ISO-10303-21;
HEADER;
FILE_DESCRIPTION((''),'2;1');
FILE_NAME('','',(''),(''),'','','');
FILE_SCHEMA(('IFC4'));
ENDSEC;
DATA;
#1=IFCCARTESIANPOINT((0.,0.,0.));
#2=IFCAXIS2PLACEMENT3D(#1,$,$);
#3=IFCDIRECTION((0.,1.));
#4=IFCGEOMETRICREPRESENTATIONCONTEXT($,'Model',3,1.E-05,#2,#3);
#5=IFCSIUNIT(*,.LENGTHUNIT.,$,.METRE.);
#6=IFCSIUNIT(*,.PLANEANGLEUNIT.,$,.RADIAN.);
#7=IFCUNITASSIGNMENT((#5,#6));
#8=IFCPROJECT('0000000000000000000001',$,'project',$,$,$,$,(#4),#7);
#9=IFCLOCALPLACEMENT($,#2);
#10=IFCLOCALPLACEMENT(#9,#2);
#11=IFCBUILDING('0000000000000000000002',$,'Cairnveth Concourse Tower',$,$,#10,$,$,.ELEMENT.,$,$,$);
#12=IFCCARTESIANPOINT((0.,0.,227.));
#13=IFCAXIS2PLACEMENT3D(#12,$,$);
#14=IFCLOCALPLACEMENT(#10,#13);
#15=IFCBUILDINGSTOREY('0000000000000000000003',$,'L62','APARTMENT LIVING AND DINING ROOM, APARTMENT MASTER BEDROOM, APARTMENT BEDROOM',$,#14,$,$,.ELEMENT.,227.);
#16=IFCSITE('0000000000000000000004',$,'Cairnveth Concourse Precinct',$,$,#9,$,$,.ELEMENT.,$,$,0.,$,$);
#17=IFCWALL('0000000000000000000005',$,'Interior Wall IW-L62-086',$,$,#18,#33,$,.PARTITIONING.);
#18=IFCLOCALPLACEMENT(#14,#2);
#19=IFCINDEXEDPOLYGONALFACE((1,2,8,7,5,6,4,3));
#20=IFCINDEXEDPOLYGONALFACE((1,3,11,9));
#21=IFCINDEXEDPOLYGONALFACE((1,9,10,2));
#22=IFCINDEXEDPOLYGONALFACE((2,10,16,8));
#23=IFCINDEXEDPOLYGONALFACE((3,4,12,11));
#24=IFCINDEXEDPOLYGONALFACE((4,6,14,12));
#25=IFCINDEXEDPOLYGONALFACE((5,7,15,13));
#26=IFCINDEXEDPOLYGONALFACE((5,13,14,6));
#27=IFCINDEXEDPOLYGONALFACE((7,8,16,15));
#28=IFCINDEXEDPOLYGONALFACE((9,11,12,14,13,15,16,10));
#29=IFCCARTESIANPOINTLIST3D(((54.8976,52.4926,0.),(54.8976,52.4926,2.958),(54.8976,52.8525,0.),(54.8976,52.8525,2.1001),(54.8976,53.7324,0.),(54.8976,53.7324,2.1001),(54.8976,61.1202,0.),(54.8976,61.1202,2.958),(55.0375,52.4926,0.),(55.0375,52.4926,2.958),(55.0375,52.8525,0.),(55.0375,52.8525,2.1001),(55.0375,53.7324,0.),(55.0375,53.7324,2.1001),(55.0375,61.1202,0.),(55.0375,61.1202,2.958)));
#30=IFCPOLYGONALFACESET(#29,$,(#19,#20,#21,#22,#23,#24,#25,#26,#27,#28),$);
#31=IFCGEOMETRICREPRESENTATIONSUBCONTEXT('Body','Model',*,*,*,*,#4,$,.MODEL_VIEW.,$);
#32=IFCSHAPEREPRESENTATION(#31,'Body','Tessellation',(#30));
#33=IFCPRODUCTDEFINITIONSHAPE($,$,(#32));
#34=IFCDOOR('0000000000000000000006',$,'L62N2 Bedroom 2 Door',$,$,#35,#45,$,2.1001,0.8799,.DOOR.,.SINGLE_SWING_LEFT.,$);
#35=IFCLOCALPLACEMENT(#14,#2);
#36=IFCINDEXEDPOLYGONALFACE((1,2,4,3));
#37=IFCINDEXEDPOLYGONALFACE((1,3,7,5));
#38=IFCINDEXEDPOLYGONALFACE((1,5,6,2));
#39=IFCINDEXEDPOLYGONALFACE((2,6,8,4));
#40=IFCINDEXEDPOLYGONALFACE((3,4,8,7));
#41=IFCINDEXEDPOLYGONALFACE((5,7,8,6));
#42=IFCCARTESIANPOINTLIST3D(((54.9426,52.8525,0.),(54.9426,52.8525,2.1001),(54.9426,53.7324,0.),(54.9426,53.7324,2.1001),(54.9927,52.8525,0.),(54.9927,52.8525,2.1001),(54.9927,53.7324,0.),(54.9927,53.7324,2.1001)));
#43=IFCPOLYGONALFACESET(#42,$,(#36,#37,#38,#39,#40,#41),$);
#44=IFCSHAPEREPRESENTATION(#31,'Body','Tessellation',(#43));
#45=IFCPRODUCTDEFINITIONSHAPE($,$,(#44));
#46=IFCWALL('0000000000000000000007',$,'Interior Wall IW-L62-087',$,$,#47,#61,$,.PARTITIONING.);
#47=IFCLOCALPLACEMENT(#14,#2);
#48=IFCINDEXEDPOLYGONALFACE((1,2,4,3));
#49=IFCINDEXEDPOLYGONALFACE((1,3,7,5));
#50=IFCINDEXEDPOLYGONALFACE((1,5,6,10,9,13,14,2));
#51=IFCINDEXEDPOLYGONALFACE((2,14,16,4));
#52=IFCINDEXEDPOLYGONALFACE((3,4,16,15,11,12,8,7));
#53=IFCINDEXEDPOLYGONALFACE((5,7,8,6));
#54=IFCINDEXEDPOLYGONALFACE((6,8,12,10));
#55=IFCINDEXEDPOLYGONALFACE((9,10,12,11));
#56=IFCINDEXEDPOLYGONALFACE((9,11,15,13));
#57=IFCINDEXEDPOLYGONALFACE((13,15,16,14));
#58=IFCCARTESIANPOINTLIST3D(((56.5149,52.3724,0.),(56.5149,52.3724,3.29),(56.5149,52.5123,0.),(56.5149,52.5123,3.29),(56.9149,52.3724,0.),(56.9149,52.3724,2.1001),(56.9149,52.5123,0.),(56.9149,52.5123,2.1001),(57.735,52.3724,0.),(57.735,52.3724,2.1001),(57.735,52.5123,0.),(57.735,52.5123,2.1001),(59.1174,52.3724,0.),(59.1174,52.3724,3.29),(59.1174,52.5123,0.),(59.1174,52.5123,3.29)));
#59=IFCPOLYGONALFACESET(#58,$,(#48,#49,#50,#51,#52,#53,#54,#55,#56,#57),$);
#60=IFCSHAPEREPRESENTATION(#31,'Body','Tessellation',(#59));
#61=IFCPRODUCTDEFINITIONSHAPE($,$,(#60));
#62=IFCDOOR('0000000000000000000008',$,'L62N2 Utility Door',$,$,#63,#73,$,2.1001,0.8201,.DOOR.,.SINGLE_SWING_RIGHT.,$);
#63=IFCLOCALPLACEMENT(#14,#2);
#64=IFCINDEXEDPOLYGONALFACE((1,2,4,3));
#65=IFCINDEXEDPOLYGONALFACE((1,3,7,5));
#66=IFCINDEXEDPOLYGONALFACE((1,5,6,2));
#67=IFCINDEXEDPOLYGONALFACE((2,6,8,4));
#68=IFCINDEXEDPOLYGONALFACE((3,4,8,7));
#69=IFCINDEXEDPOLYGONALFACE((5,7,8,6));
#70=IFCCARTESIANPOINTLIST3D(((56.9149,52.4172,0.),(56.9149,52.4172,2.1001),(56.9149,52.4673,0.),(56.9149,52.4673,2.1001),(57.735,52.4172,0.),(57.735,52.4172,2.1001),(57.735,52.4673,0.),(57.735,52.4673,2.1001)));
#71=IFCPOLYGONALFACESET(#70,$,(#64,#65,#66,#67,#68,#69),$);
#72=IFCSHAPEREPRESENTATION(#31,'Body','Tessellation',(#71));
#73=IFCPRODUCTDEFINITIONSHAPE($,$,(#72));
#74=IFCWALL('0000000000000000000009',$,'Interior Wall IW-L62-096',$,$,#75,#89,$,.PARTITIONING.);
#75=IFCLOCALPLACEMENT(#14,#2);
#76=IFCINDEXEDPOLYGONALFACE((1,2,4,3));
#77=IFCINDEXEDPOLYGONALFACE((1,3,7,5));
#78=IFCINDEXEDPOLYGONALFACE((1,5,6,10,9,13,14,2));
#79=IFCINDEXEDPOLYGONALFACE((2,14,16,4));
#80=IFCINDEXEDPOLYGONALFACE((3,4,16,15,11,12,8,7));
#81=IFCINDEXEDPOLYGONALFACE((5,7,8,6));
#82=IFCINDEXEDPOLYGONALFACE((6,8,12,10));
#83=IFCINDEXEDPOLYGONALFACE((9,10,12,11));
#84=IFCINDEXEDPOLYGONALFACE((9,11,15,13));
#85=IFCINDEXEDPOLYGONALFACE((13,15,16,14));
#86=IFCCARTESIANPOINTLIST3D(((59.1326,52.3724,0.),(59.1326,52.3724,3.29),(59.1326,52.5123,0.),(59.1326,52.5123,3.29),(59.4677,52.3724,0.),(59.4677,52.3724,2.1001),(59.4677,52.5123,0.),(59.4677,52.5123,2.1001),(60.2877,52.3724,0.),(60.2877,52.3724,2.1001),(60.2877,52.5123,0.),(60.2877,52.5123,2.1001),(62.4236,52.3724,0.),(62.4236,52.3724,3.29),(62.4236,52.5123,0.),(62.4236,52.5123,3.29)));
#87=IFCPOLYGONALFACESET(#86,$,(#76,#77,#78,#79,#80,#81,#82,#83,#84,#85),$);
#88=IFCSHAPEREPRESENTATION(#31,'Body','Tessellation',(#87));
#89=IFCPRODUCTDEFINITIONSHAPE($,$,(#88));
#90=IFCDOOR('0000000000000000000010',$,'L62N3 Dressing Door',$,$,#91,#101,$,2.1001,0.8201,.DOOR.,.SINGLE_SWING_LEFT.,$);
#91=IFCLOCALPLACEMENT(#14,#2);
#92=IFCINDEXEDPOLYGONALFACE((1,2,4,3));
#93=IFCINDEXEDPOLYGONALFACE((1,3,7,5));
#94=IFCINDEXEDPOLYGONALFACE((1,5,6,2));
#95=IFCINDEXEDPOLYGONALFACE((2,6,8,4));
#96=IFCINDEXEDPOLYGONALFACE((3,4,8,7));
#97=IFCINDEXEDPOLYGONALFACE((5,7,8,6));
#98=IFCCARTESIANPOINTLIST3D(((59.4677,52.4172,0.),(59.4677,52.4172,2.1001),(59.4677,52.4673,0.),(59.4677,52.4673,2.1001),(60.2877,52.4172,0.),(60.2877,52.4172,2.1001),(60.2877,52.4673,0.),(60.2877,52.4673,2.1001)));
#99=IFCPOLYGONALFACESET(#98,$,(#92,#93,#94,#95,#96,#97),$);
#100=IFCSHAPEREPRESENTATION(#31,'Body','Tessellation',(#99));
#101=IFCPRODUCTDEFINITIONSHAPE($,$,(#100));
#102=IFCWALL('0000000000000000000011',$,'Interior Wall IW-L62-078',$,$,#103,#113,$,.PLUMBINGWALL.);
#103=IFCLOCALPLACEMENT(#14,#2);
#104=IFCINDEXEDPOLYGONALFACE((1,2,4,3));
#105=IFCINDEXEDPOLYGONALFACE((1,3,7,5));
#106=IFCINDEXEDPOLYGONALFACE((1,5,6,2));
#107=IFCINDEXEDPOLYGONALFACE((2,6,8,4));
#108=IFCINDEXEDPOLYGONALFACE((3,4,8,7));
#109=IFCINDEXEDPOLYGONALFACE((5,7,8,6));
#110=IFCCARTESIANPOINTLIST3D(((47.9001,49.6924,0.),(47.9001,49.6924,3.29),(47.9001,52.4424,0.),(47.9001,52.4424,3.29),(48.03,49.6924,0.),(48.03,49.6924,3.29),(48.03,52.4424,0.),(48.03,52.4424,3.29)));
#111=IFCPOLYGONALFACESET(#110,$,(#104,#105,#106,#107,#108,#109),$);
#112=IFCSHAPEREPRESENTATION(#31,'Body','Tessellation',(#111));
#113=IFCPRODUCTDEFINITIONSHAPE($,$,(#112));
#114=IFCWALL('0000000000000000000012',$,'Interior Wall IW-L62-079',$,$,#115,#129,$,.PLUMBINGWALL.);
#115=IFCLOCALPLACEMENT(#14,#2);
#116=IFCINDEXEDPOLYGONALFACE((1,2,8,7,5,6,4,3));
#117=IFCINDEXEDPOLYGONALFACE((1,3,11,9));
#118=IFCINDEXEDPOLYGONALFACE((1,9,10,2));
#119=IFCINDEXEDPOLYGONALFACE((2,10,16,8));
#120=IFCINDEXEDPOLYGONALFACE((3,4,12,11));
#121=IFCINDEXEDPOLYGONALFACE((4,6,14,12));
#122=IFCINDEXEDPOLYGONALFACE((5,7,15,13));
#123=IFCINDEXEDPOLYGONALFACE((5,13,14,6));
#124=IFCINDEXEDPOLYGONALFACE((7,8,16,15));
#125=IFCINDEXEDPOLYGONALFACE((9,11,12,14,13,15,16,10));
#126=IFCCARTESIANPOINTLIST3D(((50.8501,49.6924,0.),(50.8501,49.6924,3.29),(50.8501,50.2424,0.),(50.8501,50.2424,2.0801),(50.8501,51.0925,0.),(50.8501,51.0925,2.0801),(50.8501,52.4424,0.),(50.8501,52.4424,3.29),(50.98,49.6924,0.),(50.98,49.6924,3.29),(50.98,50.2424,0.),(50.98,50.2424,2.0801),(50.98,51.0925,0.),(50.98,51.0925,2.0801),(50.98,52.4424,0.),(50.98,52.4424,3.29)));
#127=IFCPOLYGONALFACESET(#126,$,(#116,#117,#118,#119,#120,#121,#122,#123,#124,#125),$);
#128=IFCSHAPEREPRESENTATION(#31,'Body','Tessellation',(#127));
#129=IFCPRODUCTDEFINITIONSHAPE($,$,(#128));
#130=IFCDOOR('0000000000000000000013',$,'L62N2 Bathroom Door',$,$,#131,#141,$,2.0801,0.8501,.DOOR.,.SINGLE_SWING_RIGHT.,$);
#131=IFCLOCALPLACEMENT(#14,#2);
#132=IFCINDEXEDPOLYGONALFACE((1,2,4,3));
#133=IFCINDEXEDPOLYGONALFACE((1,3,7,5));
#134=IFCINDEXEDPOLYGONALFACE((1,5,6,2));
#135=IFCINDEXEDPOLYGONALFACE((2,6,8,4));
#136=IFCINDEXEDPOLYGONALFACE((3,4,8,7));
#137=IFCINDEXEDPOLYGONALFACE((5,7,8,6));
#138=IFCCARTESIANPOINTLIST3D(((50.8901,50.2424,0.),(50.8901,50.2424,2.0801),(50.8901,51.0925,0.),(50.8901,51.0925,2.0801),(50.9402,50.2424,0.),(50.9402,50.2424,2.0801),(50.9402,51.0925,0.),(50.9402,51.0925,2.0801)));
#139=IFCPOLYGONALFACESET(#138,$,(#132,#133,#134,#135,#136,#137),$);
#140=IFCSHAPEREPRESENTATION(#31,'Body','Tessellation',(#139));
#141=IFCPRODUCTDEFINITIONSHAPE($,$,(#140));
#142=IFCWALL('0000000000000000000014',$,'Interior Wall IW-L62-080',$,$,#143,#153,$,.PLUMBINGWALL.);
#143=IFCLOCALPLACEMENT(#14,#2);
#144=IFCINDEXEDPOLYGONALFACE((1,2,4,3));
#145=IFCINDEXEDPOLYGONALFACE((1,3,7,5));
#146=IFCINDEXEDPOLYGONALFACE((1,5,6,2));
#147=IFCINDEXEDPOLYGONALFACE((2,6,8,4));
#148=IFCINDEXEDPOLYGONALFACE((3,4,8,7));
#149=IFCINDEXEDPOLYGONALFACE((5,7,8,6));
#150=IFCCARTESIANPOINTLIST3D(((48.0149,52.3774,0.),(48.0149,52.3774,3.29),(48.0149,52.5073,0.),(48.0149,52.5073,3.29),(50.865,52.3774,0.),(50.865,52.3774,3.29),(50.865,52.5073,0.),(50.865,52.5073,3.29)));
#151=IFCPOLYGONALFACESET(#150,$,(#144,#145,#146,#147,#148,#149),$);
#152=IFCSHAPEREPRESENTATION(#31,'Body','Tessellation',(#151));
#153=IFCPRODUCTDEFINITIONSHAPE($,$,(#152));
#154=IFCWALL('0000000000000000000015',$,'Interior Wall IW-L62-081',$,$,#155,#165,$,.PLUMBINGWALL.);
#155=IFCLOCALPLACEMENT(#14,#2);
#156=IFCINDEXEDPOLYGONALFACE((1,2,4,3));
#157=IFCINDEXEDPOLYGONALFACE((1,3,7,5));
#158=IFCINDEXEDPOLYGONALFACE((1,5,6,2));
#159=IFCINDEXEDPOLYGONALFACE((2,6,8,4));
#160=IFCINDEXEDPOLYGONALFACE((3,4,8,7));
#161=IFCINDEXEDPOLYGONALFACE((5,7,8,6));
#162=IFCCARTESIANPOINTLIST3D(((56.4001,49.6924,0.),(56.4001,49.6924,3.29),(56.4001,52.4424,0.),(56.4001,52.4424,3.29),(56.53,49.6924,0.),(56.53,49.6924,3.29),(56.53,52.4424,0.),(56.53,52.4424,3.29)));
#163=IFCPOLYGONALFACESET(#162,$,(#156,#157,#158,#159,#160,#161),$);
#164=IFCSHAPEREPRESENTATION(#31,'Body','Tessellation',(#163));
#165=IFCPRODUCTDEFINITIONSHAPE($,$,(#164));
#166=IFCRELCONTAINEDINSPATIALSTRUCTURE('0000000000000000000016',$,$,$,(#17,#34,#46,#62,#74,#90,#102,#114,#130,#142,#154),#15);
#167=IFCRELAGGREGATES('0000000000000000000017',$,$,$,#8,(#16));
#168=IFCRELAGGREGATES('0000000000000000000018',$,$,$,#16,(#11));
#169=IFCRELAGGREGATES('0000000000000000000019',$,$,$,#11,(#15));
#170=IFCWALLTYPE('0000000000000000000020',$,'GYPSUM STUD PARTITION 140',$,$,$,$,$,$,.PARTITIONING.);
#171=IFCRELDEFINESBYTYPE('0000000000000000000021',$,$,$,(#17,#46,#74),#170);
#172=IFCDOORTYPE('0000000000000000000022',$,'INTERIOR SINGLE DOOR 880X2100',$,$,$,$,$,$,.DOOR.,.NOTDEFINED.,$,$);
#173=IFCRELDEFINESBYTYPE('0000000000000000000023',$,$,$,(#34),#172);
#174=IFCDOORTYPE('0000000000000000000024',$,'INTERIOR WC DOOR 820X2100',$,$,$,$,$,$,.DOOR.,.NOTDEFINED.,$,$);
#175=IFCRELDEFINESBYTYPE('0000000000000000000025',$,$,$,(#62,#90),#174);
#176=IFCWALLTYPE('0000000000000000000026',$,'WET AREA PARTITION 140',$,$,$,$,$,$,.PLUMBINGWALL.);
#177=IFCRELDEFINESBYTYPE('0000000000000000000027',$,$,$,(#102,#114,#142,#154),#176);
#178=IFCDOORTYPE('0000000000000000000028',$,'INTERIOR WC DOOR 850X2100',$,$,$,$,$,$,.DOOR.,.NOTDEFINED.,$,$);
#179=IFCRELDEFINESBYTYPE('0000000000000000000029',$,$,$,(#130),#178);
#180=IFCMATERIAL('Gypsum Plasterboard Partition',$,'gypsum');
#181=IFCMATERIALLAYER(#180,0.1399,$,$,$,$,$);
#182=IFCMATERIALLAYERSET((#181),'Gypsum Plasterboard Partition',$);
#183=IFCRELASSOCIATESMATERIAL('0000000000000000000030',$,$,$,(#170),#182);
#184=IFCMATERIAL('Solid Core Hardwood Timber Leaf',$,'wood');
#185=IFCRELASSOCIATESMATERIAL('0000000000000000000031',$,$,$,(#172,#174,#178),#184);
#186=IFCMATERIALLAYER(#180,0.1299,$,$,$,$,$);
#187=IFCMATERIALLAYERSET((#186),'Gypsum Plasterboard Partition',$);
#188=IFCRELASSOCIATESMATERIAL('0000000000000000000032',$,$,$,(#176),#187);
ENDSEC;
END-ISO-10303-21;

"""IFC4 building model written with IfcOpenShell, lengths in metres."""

from ifc_helpers import new_model, si_unit, direction, frame, frame_2d, origin, place, context, subcontext, project, spatial, rectangle, extrude, material, layer, layer_set, type_object, element, fill, save


model = new_model("IFC4")

# Units and contexts
model_context = context("Model", 3, precision=1e-05, world=origin(), true_north=direction((0.0, 1.0)))
body_context = subcontext(model_context, "Body", "Model", "MODEL_VIEW")
ifc_project = project(units=[si_unit("LENGTHUNIT", "METRE"), si_unit("PLANEANGLEUNIT", "RADIAN")], contexts=[model_context])

# Site, building, storey
site_placement = place(None, origin())
site = spatial("IfcSite", under=ifc_project, at=site_placement, Name="Cairnveth Concourse Precinct", CompositionType="ELEMENT", RefElevation=0.0)
building_placement = place(site_placement, origin())
building = spatial("IfcBuilding", under=site, at=building_placement, Name="Cairnveth Concourse Tower", CompositionType="ELEMENT")
storey_placement = place(building_placement, frame((0.0, 0.0, 227.0)))
storey = spatial("IfcBuildingStorey", under=building, at=storey_placement, Name="L62", Description="APARTMENT LIVING AND DINING ROOM, APARTMENT MASTER BEDROOM, APARTMENT BEDROOM", CompositionType="ELEMENT", Elevation=227.0)

# Shared definitions
ifc_material_1 = material(Name="Gypsum Plasterboard Partition", Category="gypsum")

# Walls, openings, doors
ifc_layer_1 = layer(ifc_material_1, 0.1399)
ifc_layer_set_1 = layer_set([ifc_layer_1], Name="Gypsum Plasterboard Partition")
wall_type_1 = type_object("IfcWallType", Name="GYPSUM STUD PARTITION 140", PredefinedType="PARTITIONING", material=ifc_layer_set_1)
ifc_material_2 = material(Name="Solid Core Hardwood Timber Leaf", Category="wood")
door_type_1 = type_object("IfcDoorType", Name="INTERIOR SINGLE DOOR 880X2100", OperationType="NOTDEFINED", PredefinedType="DOOR", material=ifc_material_2)
wall_1_placement = place(storey_placement, frame((54.9675, 52.4924, 0.0), z_axis=(0.0, 0.0, 1.0), x_axis=(0.0, 1.0, 0.0)))
wall_1 = element("IfcWall", 1, at=wall_1_placement, inside=storey, type_object=wall_type_1, Name="Interior Wall IW-L62-086", PredefinedType="PARTITIONING", context=body_context, shape_type="SweptSolid", body=[
    extrude(rectangle(XDim=8.6277, YDim=0.1399, at=frame_2d((4.314, 0.0))), origin(), (0.0, 0.0, 1.0), 2.958),
])
opening_1_placement = place(wall_1_placement, frame((0.3601, 0.0, 0.0)))
opening_1 = element("IfcOpeningElement", 2, at=opening_1_placement, cuts=wall_1, PredefinedType="OPENING", context=body_context, shape_type="SweptSolid", body=[
    extrude(rectangle(XDim=0.8799, YDim=2.1001, at=frame_2d((0.4399, 1.05))), frame((0.0, 0.0798, 0.0), z_axis=(0.0, -1.0, 0.0), x_axis=(1.0, 0.0, 0.0)), (0.0, 0.0, 1.0), 0.1599),
])
door_1_placement = place(opening_1_placement, origin())
door_1 = element("IfcDoor", 3, at=door_1_placement, inside=storey, type_object=door_type_1, Name="L62N2 Bedroom 2 Door", OperationType="SINGLE_SWING_LEFT", OverallHeight=2.1001, OverallWidth=0.8799, PredefinedType="DOOR", context=body_context, shape_type="SweptSolid", body=[
    extrude(rectangle(XDim=0.8799, YDim=2.1001, at=frame_2d((0.4399, 1.05))), frame((0.0, 0.0249, 0.0), z_axis=(0.0, -1.0, 0.0), x_axis=(1.0, 0.0, 0.0)), (0.0, 0.0, 1.0), 0.05),
])
fill(opening_1, door_1)
wall_2_placement = place(storey_placement, frame((56.5149, 52.4424, 0.0), z_axis=(0.0, 0.0, 1.0), x_axis=(1.0, 0.0, 0.0)))
wall_2 = element("IfcWall", 4, at=wall_2_placement, inside=storey, type_object=wall_type_1, Name="Interior Wall IW-L62-087", PredefinedType="PARTITIONING", context=body_context, shape_type="SweptSolid", body=[
    extrude(rectangle(XDim=2.6025, YDim=0.1399, at=frame_2d((1.3013, 0.0))), origin(), (0.0, 0.0, 1.0), 3.29),
])
opening_2_placement = place(wall_2_placement, frame((0.3999, 0.0, 0.0)))
opening_2 = element("IfcOpeningElement", 5, at=opening_2_placement, cuts=wall_2, PredefinedType="OPENING", context=body_context, shape_type="SweptSolid", body=[
    extrude(rectangle(XDim=0.8201, YDim=2.1001, at=frame_2d((0.4102, 1.05))), frame((0.0, 0.0798, 0.0), z_axis=(0.0, -1.0, 0.0), x_axis=(1.0, 0.0, 0.0)), (0.0, 0.0, 1.0), 0.1599),
])
door_type_2 = type_object("IfcDoorType", Name="INTERIOR WC DOOR 820X2100", OperationType="NOTDEFINED", PredefinedType="DOOR", material=ifc_material_2)
door_2_placement = place(opening_2_placement, origin())
door_2 = element("IfcDoor", 6, at=door_2_placement, inside=storey, type_object=door_type_2, Name="L62N2 Utility Door", OperationType="SINGLE_SWING_RIGHT", OverallHeight=2.1001, OverallWidth=0.8201, PredefinedType="DOOR", context=body_context, shape_type="SweptSolid", body=[
    extrude(rectangle(XDim=0.8201, YDim=2.1001, at=frame_2d((0.4102, 1.05))), frame((0.0, 0.0249, 0.0), z_axis=(0.0, -1.0, 0.0), x_axis=(1.0, 0.0, 0.0)), (0.0, 0.0, 1.0), 0.05),
])
fill(opening_2, door_2)
wall_3_placement = place(storey_placement, frame((59.1326, 52.4424, 0.0), z_axis=(0.0, 0.0, 1.0), x_axis=(1.0, 0.0, 0.0)))
wall_3 = element("IfcWall", 7, at=wall_3_placement, inside=storey, type_object=wall_type_1, Name="Interior Wall IW-L62-096", PredefinedType="PARTITIONING", context=body_context, shape_type="SweptSolid", body=[
    extrude(rectangle(XDim=3.291, YDim=0.1399, at=frame_2d((1.6455, 0.0))), origin(), (0.0, 0.0, 1.0), 3.29),
])
opening_3_placement = place(wall_3_placement, frame((0.335, 0.0, 0.0)))
opening_3 = element("IfcOpeningElement", 8, at=opening_3_placement, cuts=wall_3, PredefinedType="OPENING", context=body_context, shape_type="SweptSolid", body=[
    extrude(rectangle(XDim=0.8201, YDim=2.1001, at=frame_2d((0.4102, 1.05))), frame((0.0, 0.0798, 0.0), z_axis=(0.0, -1.0, 0.0), x_axis=(1.0, 0.0, 0.0)), (0.0, 0.0, 1.0), 0.1599),
])
door_3_placement = place(opening_3_placement, origin())
door_3 = element("IfcDoor", 9, at=door_3_placement, inside=storey, type_object=door_type_2, Name="L62N3 Dressing Door", OperationType="SINGLE_SWING_LEFT", OverallHeight=2.1001, OverallWidth=0.8201, PredefinedType="DOOR", context=body_context, shape_type="SweptSolid", body=[
    extrude(rectangle(XDim=0.8201, YDim=2.1001, at=frame_2d((0.4102, 1.05))), frame((0.0, 0.0249, 0.0), z_axis=(0.0, -1.0, 0.0), x_axis=(1.0, 0.0, 0.0)), (0.0, 0.0, 1.0), 0.05),
])
fill(opening_3, door_3)

# Wall
ifc_layer_2 = layer(ifc_material_1, 0.1299)
ifc_layer_set_2 = layer_set([ifc_layer_2], Name="Gypsum Plasterboard Partition")
wall_type_2 = type_object("IfcWallType", Name="WET AREA PARTITION 140", PredefinedType="PLUMBINGWALL", material=ifc_layer_set_2)
wall_4_placement = place(storey_placement, frame((47.9651, 49.6924, 0.0), z_axis=(0.0, 0.0, 1.0), x_axis=(0.0, 1.0, 0.0)))
element("IfcWall", 10, at=wall_4_placement, inside=storey, type_object=wall_type_2, Name="Interior Wall IW-L62-078", PredefinedType="PLUMBINGWALL", context=body_context, shape_type="SweptSolid", body=[
    extrude(rectangle(XDim=2.75, YDim=0.1299, at=frame_2d((1.375, 0.0))), origin(), (0.0, 0.0, 1.0), 3.29),
])

# Wall, opening, door
wall_5_placement = place(storey_placement, frame((50.915, 49.6924, 0.0), z_axis=(0.0, 0.0, 1.0), x_axis=(0.0, 1.0, 0.0)))
wall_5 = element("IfcWall", 11, at=wall_5_placement, inside=storey, type_object=wall_type_2, Name="Interior Wall IW-L62-079", PredefinedType="PLUMBINGWALL", context=body_context, shape_type="SweptSolid", body=[
    extrude(rectangle(XDim=2.75, YDim=0.1299, at=frame_2d((1.375, 0.0))), origin(), (0.0, 0.0, 1.0), 3.29),
])
opening_4_placement = place(wall_5_placement, frame((0.55, 0.0, 0.0)))
opening_4 = element("IfcOpeningElement", 12, at=opening_4_placement, cuts=wall_5, PredefinedType="OPENING", context=body_context, shape_type="SweptSolid", body=[
    extrude(rectangle(XDim=0.8501, YDim=2.0801, at=frame_2d((0.425, 1.04))), frame((0.0, 0.075, 0.0), z_axis=(0.0, -1.0, 0.0), x_axis=(1.0, 0.0, 0.0)), (0.0, 0.0, 1.0), 0.1499),
])
door_type_3 = type_object("IfcDoorType", Name="INTERIOR WC DOOR 850X2100", OperationType="NOTDEFINED", PredefinedType="DOOR", material=ifc_material_2)
door_4_placement = place(opening_4_placement, origin())
door_4 = element("IfcDoor", 13, at=door_4_placement, inside=storey, type_object=door_type_3, Name="L62N2 Bathroom Door", OperationType="SINGLE_SWING_RIGHT", OverallHeight=2.0801, OverallWidth=0.8501, PredefinedType="DOOR", context=body_context, shape_type="SweptSolid", body=[
    extrude(rectangle(XDim=0.8501, YDim=2.0801, at=frame_2d((0.425, 1.04))), frame((0.0, 0.0249, 0.0), z_axis=(0.0, -1.0, 0.0), x_axis=(1.0, 0.0, 0.0)), (0.0, 0.0, 1.0), 0.05),
])
fill(opening_4, door_4)

# Walls
wall_6_placement = place(storey_placement, frame((48.0149, 52.4424, 0.0), z_axis=(0.0, 0.0, 1.0), x_axis=(1.0, 0.0, 0.0)))
element("IfcWall", 14, at=wall_6_placement, inside=storey, type_object=wall_type_2, Name="Interior Wall IW-L62-080", PredefinedType="PLUMBINGWALL", context=body_context, shape_type="SweptSolid", body=[
    extrude(rectangle(XDim=2.8501, YDim=0.1299, at=frame_2d((1.425, 0.0))), origin(), (0.0, 0.0, 1.0), 3.29),
])
wall_7_placement = place(storey_placement, frame((56.4651, 49.6924, 0.0), z_axis=(0.0, 0.0, 1.0), x_axis=(0.0, 1.0, 0.0)))
element("IfcWall", 15, at=wall_7_placement, inside=storey, type_object=wall_type_2, Name="Interior Wall IW-L62-081", PredefinedType="PLUMBINGWALL", context=body_context, shape_type="SweptSolid", body=[
    extrude(rectangle(XDim=2.75, YDim=0.1299, at=frame_2d((1.375, 0.0))), origin(), (0.0, 0.0, 1.0), 3.29),
])

save(model, "model.ifc")
